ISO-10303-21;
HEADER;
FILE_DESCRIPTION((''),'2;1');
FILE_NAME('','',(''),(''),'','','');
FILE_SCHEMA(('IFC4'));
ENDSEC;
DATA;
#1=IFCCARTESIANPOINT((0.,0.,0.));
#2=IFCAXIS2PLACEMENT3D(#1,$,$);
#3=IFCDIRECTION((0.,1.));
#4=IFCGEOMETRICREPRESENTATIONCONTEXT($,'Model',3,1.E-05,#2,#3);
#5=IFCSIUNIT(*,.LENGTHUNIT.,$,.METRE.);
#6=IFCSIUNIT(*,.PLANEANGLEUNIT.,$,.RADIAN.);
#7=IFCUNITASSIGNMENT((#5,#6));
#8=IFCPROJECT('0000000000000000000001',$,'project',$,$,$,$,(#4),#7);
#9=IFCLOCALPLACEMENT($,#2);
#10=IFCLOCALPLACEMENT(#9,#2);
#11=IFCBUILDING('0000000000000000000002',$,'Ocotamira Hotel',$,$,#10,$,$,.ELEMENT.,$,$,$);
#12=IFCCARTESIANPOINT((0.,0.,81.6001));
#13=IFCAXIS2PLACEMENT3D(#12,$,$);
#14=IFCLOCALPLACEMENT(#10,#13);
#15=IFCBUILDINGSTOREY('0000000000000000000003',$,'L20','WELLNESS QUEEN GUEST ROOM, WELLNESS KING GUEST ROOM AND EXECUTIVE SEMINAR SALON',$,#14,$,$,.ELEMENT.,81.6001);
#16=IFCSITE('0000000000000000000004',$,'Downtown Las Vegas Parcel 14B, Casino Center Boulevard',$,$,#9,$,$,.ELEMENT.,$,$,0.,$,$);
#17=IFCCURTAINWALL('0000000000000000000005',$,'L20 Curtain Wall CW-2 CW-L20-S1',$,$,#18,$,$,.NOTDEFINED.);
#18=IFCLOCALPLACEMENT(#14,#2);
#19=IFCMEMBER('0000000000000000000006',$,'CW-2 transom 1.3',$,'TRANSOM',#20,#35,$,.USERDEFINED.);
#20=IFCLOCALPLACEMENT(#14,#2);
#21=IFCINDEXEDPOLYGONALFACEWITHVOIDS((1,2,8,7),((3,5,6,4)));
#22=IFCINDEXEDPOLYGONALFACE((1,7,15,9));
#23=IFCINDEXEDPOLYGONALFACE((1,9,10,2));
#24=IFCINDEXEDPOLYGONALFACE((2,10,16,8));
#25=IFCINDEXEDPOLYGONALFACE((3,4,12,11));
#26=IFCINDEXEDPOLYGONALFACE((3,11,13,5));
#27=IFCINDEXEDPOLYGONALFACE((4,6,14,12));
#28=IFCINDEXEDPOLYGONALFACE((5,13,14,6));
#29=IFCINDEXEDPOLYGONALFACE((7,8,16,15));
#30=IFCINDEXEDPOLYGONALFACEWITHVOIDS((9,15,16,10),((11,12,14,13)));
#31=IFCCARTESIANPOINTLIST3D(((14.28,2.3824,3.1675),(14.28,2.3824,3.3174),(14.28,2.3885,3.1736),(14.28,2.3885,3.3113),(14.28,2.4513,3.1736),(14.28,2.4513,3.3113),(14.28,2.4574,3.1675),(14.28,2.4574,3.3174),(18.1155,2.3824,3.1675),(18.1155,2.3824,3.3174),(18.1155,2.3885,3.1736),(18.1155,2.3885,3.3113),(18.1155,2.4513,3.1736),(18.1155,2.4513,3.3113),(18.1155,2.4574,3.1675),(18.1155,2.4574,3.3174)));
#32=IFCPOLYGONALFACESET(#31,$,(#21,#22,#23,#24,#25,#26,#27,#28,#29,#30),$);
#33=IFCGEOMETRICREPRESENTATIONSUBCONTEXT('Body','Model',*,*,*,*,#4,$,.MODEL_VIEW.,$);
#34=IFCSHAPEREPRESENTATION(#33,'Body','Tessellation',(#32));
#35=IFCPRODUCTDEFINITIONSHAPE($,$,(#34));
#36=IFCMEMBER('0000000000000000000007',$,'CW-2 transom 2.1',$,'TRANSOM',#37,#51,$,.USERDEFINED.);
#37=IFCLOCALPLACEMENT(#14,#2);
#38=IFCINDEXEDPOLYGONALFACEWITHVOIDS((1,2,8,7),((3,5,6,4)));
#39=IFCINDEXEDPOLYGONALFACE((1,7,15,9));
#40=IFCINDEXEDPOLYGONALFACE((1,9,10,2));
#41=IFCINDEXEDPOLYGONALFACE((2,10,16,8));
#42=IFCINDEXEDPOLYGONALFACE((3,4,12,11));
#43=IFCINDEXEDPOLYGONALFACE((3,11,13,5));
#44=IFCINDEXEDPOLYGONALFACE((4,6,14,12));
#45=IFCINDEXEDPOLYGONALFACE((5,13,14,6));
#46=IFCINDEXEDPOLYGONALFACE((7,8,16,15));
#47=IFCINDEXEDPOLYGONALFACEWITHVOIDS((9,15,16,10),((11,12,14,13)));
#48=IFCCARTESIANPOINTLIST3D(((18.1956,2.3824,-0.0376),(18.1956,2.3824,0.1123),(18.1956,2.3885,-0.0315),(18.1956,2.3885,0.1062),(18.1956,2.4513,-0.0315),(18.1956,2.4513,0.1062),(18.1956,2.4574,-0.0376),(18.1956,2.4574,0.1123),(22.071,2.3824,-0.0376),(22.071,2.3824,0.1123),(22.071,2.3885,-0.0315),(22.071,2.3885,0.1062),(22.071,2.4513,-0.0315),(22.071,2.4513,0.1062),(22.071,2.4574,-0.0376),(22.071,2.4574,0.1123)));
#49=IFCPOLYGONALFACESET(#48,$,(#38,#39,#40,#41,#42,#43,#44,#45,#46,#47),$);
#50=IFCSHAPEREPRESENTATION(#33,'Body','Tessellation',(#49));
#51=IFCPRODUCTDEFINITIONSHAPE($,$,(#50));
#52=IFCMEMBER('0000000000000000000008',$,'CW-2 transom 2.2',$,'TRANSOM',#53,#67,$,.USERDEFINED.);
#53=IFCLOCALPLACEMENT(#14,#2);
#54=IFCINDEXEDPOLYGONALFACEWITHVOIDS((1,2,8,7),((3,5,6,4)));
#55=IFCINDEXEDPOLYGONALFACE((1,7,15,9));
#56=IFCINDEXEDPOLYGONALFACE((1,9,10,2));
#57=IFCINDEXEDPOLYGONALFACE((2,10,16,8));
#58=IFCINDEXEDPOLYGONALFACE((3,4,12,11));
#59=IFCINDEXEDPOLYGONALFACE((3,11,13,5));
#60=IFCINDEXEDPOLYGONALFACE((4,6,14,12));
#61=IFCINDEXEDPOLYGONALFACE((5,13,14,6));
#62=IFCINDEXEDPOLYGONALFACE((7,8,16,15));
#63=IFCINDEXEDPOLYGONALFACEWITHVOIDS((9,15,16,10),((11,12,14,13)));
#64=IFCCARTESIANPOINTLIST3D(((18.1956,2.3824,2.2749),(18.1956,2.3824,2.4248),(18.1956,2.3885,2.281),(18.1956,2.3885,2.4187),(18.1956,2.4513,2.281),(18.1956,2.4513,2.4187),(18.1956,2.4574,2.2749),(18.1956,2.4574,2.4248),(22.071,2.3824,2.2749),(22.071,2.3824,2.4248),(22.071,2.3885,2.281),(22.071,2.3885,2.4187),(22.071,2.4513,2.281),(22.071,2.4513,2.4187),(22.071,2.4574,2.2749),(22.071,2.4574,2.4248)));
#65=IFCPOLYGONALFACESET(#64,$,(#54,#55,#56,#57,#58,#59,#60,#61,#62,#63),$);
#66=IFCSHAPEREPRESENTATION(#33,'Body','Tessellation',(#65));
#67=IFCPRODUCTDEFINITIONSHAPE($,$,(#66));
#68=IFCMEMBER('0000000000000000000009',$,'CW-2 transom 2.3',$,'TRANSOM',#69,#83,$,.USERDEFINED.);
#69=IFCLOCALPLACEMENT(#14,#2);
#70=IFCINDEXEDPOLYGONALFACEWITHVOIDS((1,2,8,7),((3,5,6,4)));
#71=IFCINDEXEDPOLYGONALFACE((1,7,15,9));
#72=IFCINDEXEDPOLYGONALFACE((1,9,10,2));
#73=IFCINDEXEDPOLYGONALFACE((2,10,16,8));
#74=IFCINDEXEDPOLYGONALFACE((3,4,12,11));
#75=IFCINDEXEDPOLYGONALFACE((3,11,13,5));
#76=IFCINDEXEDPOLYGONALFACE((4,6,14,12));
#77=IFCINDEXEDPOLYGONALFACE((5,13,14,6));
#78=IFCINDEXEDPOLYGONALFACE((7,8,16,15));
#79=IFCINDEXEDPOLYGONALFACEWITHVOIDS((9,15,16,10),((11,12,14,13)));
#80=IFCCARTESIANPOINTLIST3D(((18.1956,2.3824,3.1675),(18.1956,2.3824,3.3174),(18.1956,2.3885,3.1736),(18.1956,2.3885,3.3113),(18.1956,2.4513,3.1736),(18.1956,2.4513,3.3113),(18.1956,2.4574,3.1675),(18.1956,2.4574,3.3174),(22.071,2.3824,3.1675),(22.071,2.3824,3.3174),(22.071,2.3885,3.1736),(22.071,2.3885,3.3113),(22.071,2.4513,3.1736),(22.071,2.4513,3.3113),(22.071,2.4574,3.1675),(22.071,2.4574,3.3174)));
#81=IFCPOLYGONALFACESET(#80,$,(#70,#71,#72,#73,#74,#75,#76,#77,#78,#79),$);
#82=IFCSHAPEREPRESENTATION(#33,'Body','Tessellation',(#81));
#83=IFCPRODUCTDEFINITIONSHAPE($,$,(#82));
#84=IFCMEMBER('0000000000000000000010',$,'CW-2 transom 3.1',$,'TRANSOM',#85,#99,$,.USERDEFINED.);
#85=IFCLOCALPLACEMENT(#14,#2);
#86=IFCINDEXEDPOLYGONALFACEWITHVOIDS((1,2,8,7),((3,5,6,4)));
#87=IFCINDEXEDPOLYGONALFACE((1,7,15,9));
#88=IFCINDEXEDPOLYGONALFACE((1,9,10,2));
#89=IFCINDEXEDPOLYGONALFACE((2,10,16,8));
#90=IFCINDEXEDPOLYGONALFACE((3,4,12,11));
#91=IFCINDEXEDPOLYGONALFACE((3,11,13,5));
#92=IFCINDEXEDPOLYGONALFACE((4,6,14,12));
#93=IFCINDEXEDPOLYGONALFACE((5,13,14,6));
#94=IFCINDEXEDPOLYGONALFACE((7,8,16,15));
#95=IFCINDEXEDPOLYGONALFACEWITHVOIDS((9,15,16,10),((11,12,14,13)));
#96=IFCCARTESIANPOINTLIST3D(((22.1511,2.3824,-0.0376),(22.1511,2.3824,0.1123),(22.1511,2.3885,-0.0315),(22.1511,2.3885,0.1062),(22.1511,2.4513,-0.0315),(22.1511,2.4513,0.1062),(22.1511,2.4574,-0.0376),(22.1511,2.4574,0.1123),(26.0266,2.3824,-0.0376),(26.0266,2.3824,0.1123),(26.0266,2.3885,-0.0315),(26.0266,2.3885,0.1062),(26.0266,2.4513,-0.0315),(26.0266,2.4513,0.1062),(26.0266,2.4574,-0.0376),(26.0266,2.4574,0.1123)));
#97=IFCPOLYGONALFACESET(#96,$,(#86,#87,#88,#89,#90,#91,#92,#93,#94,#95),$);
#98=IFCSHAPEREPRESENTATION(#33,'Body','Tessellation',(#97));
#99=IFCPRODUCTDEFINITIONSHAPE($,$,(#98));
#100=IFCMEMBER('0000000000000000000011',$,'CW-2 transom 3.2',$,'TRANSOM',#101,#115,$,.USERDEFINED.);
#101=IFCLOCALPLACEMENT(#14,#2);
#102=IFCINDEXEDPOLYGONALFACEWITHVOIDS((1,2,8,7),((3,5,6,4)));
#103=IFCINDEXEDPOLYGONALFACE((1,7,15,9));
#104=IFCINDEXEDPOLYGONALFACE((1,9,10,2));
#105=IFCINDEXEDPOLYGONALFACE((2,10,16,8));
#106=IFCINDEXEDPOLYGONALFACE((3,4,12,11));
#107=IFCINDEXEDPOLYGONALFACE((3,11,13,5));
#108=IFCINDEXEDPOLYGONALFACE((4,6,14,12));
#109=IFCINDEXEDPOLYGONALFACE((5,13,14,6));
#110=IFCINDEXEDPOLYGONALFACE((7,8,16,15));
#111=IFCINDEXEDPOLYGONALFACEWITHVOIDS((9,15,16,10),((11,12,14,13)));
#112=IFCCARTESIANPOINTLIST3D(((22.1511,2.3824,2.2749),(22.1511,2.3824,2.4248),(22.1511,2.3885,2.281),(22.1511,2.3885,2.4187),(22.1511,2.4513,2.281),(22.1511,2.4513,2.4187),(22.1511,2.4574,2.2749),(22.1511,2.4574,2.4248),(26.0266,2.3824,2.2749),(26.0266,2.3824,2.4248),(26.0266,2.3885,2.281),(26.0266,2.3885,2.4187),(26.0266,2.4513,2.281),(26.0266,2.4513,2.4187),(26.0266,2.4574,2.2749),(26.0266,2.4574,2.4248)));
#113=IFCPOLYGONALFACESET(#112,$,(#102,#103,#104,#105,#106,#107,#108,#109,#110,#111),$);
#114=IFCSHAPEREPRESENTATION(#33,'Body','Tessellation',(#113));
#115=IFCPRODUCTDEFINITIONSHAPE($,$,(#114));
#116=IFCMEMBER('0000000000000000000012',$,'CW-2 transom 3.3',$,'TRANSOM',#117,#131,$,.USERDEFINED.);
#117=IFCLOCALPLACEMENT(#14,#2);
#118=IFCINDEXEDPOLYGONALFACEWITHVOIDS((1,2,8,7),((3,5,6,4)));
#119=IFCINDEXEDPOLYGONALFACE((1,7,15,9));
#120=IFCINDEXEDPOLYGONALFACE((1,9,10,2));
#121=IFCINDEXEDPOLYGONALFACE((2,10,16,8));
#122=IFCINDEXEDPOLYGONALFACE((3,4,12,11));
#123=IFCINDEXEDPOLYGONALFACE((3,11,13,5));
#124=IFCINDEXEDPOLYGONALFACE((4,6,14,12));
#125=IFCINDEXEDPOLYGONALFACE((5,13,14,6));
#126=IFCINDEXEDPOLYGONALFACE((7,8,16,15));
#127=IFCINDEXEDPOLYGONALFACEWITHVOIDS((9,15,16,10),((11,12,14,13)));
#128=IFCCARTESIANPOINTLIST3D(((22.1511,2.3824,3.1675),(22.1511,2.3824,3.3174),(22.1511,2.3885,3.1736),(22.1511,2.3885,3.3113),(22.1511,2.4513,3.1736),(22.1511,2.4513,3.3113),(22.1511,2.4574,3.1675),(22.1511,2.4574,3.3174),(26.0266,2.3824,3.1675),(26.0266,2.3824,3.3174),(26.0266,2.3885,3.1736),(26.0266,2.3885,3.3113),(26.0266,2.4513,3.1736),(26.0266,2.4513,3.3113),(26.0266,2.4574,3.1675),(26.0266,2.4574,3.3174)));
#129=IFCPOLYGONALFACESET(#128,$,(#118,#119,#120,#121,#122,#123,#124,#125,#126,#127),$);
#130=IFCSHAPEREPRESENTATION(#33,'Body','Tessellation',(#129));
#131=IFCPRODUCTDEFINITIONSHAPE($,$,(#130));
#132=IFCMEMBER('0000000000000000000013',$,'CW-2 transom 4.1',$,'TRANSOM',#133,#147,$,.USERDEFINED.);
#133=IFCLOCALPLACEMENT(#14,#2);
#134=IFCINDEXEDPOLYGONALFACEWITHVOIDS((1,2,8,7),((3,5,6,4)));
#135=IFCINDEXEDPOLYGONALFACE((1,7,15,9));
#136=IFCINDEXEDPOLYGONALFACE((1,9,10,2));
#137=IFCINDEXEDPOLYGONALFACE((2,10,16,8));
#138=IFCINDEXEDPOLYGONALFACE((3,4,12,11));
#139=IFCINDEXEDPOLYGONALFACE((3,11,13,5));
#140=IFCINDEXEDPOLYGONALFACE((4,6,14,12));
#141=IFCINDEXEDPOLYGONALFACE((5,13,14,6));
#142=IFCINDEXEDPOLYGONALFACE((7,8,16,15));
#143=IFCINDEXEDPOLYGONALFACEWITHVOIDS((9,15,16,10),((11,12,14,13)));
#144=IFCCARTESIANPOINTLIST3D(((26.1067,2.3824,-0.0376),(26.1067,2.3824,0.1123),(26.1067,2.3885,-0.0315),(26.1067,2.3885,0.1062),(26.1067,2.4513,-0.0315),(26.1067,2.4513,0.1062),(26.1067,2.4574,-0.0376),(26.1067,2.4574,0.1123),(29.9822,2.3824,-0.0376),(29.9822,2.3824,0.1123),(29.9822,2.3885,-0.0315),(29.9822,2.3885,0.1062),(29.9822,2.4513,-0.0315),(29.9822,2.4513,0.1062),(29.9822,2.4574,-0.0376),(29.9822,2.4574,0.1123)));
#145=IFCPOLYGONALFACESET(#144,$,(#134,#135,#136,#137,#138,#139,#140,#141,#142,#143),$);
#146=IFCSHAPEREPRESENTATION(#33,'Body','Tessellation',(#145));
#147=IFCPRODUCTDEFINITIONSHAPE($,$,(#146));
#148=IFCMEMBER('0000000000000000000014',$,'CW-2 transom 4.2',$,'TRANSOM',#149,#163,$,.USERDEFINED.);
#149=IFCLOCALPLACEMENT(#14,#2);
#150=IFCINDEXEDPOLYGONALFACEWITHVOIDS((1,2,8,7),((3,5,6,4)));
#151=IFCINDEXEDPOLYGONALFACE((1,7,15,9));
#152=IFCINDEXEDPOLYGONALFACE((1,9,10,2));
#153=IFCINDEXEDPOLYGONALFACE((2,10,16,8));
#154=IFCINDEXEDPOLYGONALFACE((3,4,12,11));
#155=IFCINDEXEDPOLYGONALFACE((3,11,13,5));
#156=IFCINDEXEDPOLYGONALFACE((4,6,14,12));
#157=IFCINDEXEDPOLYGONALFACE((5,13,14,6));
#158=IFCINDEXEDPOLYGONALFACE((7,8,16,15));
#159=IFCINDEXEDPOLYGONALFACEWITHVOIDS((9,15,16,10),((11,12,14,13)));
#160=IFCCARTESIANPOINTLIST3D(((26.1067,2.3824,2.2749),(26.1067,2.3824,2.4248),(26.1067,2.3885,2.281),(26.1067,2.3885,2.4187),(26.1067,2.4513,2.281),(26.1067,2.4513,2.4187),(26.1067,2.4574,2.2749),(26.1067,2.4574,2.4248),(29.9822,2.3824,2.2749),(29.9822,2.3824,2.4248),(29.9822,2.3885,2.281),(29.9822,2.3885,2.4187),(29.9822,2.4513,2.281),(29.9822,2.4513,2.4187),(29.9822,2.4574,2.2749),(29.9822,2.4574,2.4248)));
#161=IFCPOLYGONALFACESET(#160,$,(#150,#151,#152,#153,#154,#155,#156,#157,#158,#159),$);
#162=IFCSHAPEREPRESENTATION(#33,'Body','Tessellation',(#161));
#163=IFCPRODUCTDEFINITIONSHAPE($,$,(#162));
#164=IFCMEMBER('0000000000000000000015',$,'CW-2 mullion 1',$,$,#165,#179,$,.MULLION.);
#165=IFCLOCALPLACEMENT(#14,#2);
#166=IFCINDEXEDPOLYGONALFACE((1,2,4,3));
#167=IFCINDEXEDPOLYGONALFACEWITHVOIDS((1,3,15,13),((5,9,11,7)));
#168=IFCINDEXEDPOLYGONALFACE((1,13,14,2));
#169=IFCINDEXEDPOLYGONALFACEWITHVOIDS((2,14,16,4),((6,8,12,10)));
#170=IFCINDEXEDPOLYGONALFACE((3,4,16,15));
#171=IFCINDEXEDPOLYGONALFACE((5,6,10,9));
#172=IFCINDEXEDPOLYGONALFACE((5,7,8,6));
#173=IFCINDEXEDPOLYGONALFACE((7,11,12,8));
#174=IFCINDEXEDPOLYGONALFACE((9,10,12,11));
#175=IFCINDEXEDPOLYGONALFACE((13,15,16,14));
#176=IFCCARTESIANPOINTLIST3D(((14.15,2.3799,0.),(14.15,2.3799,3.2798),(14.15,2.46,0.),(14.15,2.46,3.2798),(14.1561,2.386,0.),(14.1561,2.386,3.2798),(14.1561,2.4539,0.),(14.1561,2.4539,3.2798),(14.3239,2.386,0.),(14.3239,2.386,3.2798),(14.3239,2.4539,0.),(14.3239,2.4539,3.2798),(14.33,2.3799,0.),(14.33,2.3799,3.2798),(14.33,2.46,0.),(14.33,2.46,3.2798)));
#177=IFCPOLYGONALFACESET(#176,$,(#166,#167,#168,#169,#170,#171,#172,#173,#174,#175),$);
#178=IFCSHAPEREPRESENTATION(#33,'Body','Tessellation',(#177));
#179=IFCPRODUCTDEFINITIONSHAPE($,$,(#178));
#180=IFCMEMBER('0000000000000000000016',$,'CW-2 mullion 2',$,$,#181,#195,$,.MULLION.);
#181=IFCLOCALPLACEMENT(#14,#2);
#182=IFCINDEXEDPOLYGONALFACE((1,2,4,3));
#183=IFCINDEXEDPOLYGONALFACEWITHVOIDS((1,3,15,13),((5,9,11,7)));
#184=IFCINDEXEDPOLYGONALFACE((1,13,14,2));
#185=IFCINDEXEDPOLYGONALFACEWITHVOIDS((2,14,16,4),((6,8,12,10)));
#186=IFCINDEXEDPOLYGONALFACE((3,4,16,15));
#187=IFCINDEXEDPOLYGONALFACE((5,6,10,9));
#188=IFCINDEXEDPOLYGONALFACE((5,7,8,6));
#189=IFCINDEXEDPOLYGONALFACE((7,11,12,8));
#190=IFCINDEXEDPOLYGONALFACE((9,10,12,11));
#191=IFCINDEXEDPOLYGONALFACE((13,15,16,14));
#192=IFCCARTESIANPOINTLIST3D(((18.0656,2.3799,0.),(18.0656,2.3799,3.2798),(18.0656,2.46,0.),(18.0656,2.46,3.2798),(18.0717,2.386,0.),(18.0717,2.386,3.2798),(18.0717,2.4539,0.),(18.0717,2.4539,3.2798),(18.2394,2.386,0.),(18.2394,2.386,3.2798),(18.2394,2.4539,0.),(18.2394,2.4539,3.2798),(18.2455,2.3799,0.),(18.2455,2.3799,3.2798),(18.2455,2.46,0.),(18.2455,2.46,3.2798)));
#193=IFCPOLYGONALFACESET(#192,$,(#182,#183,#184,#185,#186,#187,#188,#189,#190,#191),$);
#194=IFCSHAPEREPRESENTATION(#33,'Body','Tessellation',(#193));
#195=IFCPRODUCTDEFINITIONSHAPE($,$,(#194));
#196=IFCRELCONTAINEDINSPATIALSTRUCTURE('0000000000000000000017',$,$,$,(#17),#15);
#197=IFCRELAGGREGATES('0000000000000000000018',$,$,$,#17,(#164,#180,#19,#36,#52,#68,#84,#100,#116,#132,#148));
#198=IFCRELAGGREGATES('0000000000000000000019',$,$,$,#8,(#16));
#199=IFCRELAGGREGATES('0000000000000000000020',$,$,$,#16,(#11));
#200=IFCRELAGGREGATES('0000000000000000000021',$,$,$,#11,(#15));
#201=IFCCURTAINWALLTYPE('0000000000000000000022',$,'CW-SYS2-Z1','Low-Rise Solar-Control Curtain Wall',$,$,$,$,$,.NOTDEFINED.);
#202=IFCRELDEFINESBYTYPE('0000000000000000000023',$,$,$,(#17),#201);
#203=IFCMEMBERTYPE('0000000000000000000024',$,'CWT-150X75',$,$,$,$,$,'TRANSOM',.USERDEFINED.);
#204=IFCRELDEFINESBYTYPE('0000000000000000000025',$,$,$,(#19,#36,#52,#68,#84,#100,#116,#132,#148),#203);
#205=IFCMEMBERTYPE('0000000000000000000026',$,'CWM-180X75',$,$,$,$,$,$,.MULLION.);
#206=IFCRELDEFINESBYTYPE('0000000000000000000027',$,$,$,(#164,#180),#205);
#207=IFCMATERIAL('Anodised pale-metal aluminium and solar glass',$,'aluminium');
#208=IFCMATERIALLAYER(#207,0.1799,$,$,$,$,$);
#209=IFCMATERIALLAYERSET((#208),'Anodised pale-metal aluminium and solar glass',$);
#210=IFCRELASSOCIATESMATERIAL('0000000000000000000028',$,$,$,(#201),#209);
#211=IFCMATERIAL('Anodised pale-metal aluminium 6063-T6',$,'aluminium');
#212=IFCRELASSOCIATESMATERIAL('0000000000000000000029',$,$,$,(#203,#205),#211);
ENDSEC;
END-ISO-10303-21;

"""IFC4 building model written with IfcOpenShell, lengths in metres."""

from ifc_helpers import new_model, si_unit, direction, frame, origin, origin_2d, place, context, subcontext, project, spatial, hollow_rectangle, extrude, source, transform, mapped, material, layer, layer_set, material_profile, profile_set, type_object, element, aggregate, save


model = new_model("IFC4")

# Units and contexts
model_context = context("Model", 3, precision=1e-05, world=origin(), true_north=direction((0.0, 1.0)))
body_context = subcontext(model_context, "Body", "Model", "MODEL_VIEW")
ifc_project = project(units=[si_unit("LENGTHUNIT", "METRE"), si_unit("PLANEANGLEUNIT", "RADIAN")], contexts=[model_context])

# Site, building, storey
site_placement = place(None, origin())
site = spatial("IfcSite", under=ifc_project, at=site_placement, Name="Downtown Las Vegas Parcel 14B, Casino Center Boulevard", CompositionType="ELEMENT", RefElevation=0.0)
building_placement = place(site_placement, origin())
building = spatial("IfcBuilding", under=site, at=building_placement, Name="Ocotamira Hotel", CompositionType="ELEMENT")
storey_placement = place(building_placement, frame((0.0, 0.0, 81.6001)))
storey = spatial("IfcBuildingStorey", under=building, at=storey_placement, Name="L20", Description="WELLNESS QUEEN GUEST ROOM, WELLNESS KING GUEST ROOM AND EXECUTIVE SEMINAR SALON", CompositionType="ELEMENT", Elevation=81.6001)

# Curtain wall, members
ifc_material_1 = material(Name="Anodised pale-metal aluminium and solar glass", Category="aluminium")
ifc_layer_1 = layer(ifc_material_1, 0.1799)
ifc_layer_set_1 = layer_set([ifc_layer_1], Name="Anodised pale-metal aluminium and solar glass")
curtain_wall_type = type_object("IfcCurtainWallType", Name="CW-SYS2-Z1", Description="Low-Rise Solar-Control Curtain Wall", PredefinedType="NOTDEFINED", material=ifc_layer_set_1)
curtain_wall_placement = place(storey_placement, origin())
curtain_wall = element("IfcCurtainWall", 1, at=curtain_wall_placement, inside=storey, type_object=curtain_wall_type, Name="L20 Curtain Wall CW-2 CW-L20-S1", PredefinedType="NOTDEFINED")
ifc_material_2 = material(Name="Anodised pale-metal aluminium 6063-T6", Category="aluminium")
ifc_material_profile_1 = material_profile(ifc_material_2, hollow_rectangle(XDim=0.075, YDim=0.1499, WallThickness=0.0061, at=origin_2d()), Name="HSS150X75X6")
ifc_profile_set_1 = profile_set([ifc_material_profile_1], Name="Anodised pale-metal aluminium 6063-T6")
member_type_1 = type_object("IfcMemberType", Name="CWT-150X75", ElementType="TRANSOM", PredefinedType="USERDEFINED", material=ifc_profile_set_1)
shared_shape_1 = source(origin(), body_context, "Body", "SweptSolid", [
    extrude(hollow_rectangle(XDim=0.075, YDim=0.1499, WallThickness=0.0061, at=origin_2d()), origin(), (0.0, 0.0, 1.0), 3.8354),
])
member_1_placement = place(storey_placement, frame((14.28, 2.4199, 3.2424), z_axis=(1.0, 0.0, 0.0), x_axis=(0.0, 1.0, 0.0)))
member_1 = element("IfcMember", 2, at=member_1_placement, type_object=member_type_1, Name="CW-2 transom 1.3", ObjectType="TRANSOM", PredefinedType="USERDEFINED", context=body_context, shape_type="MappedRepresentation", body=[
    mapped(shared_shape_1, transform((0.0, 0.0, 0.0), scale=1.0)),
])
shared_shape_2 = source(origin(), body_context, "Body", "SweptSolid", [
    extrude(hollow_rectangle(XDim=0.075, YDim=0.1499, WallThickness=0.0061, at=origin_2d()), origin(), (0.0, 0.0, 1.0), 3.8755),
])
member_2_placement = place(storey_placement, frame((18.1956, 2.4199, 0.0374), z_axis=(1.0, 0.0, 0.0), x_axis=(0.0, 1.0, 0.0)))
member_2 = element("IfcMember", 3, at=member_2_placement, type_object=member_type_1, Name="CW-2 transom 2.1", ObjectType="TRANSOM", PredefinedType="USERDEFINED", context=body_context, shape_type="MappedRepresentation", body=[
    mapped(shared_shape_2, transform((0.0, 0.0, 0.0), scale=1.0)),
])
member_3_placement = place(storey_placement, frame((18.1956, 2.4199, 2.3499), z_axis=(1.0, 0.0, 0.0), x_axis=(0.0, 1.0, 0.0)))
member_3 = element("IfcMember", 4, at=member_3_placement, type_object=member_type_1, Name="CW-2 transom 2.2", ObjectType="TRANSOM", PredefinedType="USERDEFINED", context=body_context, shape_type="MappedRepresentation", body=[
    mapped(shared_shape_2, transform((0.0, 0.0, 0.0), scale=1.0)),
])
member_4_placement = place(storey_placement, frame((18.1956, 2.4199, 3.2424), z_axis=(1.0, 0.0, 0.0), x_axis=(0.0, 1.0, 0.0)))
member_4 = element("IfcMember", 5, at=member_4_placement, type_object=member_type_1, Name="CW-2 transom 2.3", ObjectType="TRANSOM", PredefinedType="USERDEFINED", context=body_context, shape_type="MappedRepresentation", body=[
    mapped(shared_shape_2, transform((0.0, 0.0, 0.0), scale=1.0)),
])
member_5_placement = place(storey_placement, frame((22.1511, 2.4199, 0.0374), z_axis=(1.0, 0.0, 0.0), x_axis=(0.0, 1.0, 0.0)))
member_5 = element("IfcMember", 6, at=member_5_placement, type_object=member_type_1, Name="CW-2 transom 3.1", ObjectType="TRANSOM", PredefinedType="USERDEFINED", context=body_context, shape_type="MappedRepresentation", body=[
    mapped(shared_shape_2, transform((0.0, 0.0, 0.0), scale=1.0)),
])
member_6_placement = place(storey_placement, frame((22.1511, 2.4199, 2.3499), z_axis=(1.0, 0.0, 0.0), x_axis=(0.0, 1.0, 0.0)))
member_6 = element("IfcMember", 7, at=member_6_placement, type_object=member_type_1, Name="CW-2 transom 3.2", ObjectType="TRANSOM", PredefinedType="USERDEFINED", context=body_context, shape_type="MappedRepresentation", body=[
    mapped(shared_shape_2, transform((0.0, 0.0, 0.0), scale=1.0)),
])
member_7_placement = place(storey_placement, frame((22.1511, 2.4199, 3.2424), z_axis=(1.0, 0.0, 0.0), x_axis=(0.0, 1.0, 0.0)))
member_7 = element("IfcMember", 8, at=member_7_placement, type_object=member_type_1, Name="CW-2 transom 3.3", ObjectType="TRANSOM", PredefinedType="USERDEFINED", context=body_context, shape_type="MappedRepresentation", body=[
    mapped(shared_shape_2, transform((0.0, 0.0, 0.0), scale=1.0)),
])
member_8_placement = place(storey_placement, frame((26.1067, 2.4199, 0.0374), z_axis=(1.0, 0.0, 0.0), x_axis=(0.0, 1.0, 0.0)))
member_8 = element("IfcMember", 9, at=member_8_placement, type_object=member_type_1, Name="CW-2 transom 4.1", ObjectType="TRANSOM", PredefinedType="USERDEFINED", context=body_context, shape_type="MappedRepresentation", body=[
    mapped(shared_shape_2, transform((0.0, 0.0, 0.0), scale=1.0)),
])
member_9_placement = place(storey_placement, frame((26.1067, 2.4199, 2.3499), z_axis=(1.0, 0.0, 0.0), x_axis=(0.0, 1.0, 0.0)))
member_9 = element("IfcMember", 10, at=member_9_placement, type_object=member_type_1, Name="CW-2 transom 4.2", ObjectType="TRANSOM", PredefinedType="USERDEFINED", context=body_context, shape_type="MappedRepresentation", body=[
    mapped(shared_shape_2, transform((0.0, 0.0, 0.0), scale=1.0)),
])
ifc_material_profile_2 = material_profile(ifc_material_2, hollow_rectangle(XDim=0.0801, YDim=0.1799, WallThickness=0.0061, at=origin_2d()), Name="HSS180X80X6")
ifc_profile_set_2 = profile_set([ifc_material_profile_2], Name="Anodised pale-metal aluminium 6063-T6")
member_type_2 = type_object("IfcMemberType", Name="CWM-180X75", PredefinedType="MULLION", material=ifc_profile_set_2)
shared_shape_3 = source(origin(), body_context, "Body", "SweptSolid", [
    extrude(hollow_rectangle(XDim=0.0801, YDim=0.1799, WallThickness=0.0061, at=origin_2d()), origin(), (0.0, 0.0, 1.0), 3.2798),
])
member_10_placement = place(storey_placement, frame((14.24, 2.4199, 0.0), z_axis=(0.0, 0.0, 1.0), x_axis=(0.0, 1.0, 0.0)))
member_10 = element("IfcMember", 11, at=member_10_placement, type_object=member_type_2, Name="CW-2 mullion 1", PredefinedType="MULLION", context=body_context, shape_type="MappedRepresentation", body=[
    mapped(shared_shape_3, transform((0.0, 0.0, 0.0), scale=1.0)),
])
member_11_placement = place(storey_placement, frame((18.1555, 2.4199, 0.0), z_axis=(0.0, 0.0, 1.0), x_axis=(0.0, 1.0, 0.0)))
member_11 = element("IfcMember", 12, at=member_11_placement, type_object=member_type_2, Name="CW-2 mullion 2", PredefinedType="MULLION", context=body_context, shape_type="MappedRepresentation", body=[
    mapped(shared_shape_3, transform((0.0, 0.0, 0.0), scale=1.0)),
])

aggregate(curtain_wall, [member_10, member_11, member_1, member_2, member_3, member_4, member_5, member_6, member_7, member_8, member_9])

save(model, "model.ifc")
